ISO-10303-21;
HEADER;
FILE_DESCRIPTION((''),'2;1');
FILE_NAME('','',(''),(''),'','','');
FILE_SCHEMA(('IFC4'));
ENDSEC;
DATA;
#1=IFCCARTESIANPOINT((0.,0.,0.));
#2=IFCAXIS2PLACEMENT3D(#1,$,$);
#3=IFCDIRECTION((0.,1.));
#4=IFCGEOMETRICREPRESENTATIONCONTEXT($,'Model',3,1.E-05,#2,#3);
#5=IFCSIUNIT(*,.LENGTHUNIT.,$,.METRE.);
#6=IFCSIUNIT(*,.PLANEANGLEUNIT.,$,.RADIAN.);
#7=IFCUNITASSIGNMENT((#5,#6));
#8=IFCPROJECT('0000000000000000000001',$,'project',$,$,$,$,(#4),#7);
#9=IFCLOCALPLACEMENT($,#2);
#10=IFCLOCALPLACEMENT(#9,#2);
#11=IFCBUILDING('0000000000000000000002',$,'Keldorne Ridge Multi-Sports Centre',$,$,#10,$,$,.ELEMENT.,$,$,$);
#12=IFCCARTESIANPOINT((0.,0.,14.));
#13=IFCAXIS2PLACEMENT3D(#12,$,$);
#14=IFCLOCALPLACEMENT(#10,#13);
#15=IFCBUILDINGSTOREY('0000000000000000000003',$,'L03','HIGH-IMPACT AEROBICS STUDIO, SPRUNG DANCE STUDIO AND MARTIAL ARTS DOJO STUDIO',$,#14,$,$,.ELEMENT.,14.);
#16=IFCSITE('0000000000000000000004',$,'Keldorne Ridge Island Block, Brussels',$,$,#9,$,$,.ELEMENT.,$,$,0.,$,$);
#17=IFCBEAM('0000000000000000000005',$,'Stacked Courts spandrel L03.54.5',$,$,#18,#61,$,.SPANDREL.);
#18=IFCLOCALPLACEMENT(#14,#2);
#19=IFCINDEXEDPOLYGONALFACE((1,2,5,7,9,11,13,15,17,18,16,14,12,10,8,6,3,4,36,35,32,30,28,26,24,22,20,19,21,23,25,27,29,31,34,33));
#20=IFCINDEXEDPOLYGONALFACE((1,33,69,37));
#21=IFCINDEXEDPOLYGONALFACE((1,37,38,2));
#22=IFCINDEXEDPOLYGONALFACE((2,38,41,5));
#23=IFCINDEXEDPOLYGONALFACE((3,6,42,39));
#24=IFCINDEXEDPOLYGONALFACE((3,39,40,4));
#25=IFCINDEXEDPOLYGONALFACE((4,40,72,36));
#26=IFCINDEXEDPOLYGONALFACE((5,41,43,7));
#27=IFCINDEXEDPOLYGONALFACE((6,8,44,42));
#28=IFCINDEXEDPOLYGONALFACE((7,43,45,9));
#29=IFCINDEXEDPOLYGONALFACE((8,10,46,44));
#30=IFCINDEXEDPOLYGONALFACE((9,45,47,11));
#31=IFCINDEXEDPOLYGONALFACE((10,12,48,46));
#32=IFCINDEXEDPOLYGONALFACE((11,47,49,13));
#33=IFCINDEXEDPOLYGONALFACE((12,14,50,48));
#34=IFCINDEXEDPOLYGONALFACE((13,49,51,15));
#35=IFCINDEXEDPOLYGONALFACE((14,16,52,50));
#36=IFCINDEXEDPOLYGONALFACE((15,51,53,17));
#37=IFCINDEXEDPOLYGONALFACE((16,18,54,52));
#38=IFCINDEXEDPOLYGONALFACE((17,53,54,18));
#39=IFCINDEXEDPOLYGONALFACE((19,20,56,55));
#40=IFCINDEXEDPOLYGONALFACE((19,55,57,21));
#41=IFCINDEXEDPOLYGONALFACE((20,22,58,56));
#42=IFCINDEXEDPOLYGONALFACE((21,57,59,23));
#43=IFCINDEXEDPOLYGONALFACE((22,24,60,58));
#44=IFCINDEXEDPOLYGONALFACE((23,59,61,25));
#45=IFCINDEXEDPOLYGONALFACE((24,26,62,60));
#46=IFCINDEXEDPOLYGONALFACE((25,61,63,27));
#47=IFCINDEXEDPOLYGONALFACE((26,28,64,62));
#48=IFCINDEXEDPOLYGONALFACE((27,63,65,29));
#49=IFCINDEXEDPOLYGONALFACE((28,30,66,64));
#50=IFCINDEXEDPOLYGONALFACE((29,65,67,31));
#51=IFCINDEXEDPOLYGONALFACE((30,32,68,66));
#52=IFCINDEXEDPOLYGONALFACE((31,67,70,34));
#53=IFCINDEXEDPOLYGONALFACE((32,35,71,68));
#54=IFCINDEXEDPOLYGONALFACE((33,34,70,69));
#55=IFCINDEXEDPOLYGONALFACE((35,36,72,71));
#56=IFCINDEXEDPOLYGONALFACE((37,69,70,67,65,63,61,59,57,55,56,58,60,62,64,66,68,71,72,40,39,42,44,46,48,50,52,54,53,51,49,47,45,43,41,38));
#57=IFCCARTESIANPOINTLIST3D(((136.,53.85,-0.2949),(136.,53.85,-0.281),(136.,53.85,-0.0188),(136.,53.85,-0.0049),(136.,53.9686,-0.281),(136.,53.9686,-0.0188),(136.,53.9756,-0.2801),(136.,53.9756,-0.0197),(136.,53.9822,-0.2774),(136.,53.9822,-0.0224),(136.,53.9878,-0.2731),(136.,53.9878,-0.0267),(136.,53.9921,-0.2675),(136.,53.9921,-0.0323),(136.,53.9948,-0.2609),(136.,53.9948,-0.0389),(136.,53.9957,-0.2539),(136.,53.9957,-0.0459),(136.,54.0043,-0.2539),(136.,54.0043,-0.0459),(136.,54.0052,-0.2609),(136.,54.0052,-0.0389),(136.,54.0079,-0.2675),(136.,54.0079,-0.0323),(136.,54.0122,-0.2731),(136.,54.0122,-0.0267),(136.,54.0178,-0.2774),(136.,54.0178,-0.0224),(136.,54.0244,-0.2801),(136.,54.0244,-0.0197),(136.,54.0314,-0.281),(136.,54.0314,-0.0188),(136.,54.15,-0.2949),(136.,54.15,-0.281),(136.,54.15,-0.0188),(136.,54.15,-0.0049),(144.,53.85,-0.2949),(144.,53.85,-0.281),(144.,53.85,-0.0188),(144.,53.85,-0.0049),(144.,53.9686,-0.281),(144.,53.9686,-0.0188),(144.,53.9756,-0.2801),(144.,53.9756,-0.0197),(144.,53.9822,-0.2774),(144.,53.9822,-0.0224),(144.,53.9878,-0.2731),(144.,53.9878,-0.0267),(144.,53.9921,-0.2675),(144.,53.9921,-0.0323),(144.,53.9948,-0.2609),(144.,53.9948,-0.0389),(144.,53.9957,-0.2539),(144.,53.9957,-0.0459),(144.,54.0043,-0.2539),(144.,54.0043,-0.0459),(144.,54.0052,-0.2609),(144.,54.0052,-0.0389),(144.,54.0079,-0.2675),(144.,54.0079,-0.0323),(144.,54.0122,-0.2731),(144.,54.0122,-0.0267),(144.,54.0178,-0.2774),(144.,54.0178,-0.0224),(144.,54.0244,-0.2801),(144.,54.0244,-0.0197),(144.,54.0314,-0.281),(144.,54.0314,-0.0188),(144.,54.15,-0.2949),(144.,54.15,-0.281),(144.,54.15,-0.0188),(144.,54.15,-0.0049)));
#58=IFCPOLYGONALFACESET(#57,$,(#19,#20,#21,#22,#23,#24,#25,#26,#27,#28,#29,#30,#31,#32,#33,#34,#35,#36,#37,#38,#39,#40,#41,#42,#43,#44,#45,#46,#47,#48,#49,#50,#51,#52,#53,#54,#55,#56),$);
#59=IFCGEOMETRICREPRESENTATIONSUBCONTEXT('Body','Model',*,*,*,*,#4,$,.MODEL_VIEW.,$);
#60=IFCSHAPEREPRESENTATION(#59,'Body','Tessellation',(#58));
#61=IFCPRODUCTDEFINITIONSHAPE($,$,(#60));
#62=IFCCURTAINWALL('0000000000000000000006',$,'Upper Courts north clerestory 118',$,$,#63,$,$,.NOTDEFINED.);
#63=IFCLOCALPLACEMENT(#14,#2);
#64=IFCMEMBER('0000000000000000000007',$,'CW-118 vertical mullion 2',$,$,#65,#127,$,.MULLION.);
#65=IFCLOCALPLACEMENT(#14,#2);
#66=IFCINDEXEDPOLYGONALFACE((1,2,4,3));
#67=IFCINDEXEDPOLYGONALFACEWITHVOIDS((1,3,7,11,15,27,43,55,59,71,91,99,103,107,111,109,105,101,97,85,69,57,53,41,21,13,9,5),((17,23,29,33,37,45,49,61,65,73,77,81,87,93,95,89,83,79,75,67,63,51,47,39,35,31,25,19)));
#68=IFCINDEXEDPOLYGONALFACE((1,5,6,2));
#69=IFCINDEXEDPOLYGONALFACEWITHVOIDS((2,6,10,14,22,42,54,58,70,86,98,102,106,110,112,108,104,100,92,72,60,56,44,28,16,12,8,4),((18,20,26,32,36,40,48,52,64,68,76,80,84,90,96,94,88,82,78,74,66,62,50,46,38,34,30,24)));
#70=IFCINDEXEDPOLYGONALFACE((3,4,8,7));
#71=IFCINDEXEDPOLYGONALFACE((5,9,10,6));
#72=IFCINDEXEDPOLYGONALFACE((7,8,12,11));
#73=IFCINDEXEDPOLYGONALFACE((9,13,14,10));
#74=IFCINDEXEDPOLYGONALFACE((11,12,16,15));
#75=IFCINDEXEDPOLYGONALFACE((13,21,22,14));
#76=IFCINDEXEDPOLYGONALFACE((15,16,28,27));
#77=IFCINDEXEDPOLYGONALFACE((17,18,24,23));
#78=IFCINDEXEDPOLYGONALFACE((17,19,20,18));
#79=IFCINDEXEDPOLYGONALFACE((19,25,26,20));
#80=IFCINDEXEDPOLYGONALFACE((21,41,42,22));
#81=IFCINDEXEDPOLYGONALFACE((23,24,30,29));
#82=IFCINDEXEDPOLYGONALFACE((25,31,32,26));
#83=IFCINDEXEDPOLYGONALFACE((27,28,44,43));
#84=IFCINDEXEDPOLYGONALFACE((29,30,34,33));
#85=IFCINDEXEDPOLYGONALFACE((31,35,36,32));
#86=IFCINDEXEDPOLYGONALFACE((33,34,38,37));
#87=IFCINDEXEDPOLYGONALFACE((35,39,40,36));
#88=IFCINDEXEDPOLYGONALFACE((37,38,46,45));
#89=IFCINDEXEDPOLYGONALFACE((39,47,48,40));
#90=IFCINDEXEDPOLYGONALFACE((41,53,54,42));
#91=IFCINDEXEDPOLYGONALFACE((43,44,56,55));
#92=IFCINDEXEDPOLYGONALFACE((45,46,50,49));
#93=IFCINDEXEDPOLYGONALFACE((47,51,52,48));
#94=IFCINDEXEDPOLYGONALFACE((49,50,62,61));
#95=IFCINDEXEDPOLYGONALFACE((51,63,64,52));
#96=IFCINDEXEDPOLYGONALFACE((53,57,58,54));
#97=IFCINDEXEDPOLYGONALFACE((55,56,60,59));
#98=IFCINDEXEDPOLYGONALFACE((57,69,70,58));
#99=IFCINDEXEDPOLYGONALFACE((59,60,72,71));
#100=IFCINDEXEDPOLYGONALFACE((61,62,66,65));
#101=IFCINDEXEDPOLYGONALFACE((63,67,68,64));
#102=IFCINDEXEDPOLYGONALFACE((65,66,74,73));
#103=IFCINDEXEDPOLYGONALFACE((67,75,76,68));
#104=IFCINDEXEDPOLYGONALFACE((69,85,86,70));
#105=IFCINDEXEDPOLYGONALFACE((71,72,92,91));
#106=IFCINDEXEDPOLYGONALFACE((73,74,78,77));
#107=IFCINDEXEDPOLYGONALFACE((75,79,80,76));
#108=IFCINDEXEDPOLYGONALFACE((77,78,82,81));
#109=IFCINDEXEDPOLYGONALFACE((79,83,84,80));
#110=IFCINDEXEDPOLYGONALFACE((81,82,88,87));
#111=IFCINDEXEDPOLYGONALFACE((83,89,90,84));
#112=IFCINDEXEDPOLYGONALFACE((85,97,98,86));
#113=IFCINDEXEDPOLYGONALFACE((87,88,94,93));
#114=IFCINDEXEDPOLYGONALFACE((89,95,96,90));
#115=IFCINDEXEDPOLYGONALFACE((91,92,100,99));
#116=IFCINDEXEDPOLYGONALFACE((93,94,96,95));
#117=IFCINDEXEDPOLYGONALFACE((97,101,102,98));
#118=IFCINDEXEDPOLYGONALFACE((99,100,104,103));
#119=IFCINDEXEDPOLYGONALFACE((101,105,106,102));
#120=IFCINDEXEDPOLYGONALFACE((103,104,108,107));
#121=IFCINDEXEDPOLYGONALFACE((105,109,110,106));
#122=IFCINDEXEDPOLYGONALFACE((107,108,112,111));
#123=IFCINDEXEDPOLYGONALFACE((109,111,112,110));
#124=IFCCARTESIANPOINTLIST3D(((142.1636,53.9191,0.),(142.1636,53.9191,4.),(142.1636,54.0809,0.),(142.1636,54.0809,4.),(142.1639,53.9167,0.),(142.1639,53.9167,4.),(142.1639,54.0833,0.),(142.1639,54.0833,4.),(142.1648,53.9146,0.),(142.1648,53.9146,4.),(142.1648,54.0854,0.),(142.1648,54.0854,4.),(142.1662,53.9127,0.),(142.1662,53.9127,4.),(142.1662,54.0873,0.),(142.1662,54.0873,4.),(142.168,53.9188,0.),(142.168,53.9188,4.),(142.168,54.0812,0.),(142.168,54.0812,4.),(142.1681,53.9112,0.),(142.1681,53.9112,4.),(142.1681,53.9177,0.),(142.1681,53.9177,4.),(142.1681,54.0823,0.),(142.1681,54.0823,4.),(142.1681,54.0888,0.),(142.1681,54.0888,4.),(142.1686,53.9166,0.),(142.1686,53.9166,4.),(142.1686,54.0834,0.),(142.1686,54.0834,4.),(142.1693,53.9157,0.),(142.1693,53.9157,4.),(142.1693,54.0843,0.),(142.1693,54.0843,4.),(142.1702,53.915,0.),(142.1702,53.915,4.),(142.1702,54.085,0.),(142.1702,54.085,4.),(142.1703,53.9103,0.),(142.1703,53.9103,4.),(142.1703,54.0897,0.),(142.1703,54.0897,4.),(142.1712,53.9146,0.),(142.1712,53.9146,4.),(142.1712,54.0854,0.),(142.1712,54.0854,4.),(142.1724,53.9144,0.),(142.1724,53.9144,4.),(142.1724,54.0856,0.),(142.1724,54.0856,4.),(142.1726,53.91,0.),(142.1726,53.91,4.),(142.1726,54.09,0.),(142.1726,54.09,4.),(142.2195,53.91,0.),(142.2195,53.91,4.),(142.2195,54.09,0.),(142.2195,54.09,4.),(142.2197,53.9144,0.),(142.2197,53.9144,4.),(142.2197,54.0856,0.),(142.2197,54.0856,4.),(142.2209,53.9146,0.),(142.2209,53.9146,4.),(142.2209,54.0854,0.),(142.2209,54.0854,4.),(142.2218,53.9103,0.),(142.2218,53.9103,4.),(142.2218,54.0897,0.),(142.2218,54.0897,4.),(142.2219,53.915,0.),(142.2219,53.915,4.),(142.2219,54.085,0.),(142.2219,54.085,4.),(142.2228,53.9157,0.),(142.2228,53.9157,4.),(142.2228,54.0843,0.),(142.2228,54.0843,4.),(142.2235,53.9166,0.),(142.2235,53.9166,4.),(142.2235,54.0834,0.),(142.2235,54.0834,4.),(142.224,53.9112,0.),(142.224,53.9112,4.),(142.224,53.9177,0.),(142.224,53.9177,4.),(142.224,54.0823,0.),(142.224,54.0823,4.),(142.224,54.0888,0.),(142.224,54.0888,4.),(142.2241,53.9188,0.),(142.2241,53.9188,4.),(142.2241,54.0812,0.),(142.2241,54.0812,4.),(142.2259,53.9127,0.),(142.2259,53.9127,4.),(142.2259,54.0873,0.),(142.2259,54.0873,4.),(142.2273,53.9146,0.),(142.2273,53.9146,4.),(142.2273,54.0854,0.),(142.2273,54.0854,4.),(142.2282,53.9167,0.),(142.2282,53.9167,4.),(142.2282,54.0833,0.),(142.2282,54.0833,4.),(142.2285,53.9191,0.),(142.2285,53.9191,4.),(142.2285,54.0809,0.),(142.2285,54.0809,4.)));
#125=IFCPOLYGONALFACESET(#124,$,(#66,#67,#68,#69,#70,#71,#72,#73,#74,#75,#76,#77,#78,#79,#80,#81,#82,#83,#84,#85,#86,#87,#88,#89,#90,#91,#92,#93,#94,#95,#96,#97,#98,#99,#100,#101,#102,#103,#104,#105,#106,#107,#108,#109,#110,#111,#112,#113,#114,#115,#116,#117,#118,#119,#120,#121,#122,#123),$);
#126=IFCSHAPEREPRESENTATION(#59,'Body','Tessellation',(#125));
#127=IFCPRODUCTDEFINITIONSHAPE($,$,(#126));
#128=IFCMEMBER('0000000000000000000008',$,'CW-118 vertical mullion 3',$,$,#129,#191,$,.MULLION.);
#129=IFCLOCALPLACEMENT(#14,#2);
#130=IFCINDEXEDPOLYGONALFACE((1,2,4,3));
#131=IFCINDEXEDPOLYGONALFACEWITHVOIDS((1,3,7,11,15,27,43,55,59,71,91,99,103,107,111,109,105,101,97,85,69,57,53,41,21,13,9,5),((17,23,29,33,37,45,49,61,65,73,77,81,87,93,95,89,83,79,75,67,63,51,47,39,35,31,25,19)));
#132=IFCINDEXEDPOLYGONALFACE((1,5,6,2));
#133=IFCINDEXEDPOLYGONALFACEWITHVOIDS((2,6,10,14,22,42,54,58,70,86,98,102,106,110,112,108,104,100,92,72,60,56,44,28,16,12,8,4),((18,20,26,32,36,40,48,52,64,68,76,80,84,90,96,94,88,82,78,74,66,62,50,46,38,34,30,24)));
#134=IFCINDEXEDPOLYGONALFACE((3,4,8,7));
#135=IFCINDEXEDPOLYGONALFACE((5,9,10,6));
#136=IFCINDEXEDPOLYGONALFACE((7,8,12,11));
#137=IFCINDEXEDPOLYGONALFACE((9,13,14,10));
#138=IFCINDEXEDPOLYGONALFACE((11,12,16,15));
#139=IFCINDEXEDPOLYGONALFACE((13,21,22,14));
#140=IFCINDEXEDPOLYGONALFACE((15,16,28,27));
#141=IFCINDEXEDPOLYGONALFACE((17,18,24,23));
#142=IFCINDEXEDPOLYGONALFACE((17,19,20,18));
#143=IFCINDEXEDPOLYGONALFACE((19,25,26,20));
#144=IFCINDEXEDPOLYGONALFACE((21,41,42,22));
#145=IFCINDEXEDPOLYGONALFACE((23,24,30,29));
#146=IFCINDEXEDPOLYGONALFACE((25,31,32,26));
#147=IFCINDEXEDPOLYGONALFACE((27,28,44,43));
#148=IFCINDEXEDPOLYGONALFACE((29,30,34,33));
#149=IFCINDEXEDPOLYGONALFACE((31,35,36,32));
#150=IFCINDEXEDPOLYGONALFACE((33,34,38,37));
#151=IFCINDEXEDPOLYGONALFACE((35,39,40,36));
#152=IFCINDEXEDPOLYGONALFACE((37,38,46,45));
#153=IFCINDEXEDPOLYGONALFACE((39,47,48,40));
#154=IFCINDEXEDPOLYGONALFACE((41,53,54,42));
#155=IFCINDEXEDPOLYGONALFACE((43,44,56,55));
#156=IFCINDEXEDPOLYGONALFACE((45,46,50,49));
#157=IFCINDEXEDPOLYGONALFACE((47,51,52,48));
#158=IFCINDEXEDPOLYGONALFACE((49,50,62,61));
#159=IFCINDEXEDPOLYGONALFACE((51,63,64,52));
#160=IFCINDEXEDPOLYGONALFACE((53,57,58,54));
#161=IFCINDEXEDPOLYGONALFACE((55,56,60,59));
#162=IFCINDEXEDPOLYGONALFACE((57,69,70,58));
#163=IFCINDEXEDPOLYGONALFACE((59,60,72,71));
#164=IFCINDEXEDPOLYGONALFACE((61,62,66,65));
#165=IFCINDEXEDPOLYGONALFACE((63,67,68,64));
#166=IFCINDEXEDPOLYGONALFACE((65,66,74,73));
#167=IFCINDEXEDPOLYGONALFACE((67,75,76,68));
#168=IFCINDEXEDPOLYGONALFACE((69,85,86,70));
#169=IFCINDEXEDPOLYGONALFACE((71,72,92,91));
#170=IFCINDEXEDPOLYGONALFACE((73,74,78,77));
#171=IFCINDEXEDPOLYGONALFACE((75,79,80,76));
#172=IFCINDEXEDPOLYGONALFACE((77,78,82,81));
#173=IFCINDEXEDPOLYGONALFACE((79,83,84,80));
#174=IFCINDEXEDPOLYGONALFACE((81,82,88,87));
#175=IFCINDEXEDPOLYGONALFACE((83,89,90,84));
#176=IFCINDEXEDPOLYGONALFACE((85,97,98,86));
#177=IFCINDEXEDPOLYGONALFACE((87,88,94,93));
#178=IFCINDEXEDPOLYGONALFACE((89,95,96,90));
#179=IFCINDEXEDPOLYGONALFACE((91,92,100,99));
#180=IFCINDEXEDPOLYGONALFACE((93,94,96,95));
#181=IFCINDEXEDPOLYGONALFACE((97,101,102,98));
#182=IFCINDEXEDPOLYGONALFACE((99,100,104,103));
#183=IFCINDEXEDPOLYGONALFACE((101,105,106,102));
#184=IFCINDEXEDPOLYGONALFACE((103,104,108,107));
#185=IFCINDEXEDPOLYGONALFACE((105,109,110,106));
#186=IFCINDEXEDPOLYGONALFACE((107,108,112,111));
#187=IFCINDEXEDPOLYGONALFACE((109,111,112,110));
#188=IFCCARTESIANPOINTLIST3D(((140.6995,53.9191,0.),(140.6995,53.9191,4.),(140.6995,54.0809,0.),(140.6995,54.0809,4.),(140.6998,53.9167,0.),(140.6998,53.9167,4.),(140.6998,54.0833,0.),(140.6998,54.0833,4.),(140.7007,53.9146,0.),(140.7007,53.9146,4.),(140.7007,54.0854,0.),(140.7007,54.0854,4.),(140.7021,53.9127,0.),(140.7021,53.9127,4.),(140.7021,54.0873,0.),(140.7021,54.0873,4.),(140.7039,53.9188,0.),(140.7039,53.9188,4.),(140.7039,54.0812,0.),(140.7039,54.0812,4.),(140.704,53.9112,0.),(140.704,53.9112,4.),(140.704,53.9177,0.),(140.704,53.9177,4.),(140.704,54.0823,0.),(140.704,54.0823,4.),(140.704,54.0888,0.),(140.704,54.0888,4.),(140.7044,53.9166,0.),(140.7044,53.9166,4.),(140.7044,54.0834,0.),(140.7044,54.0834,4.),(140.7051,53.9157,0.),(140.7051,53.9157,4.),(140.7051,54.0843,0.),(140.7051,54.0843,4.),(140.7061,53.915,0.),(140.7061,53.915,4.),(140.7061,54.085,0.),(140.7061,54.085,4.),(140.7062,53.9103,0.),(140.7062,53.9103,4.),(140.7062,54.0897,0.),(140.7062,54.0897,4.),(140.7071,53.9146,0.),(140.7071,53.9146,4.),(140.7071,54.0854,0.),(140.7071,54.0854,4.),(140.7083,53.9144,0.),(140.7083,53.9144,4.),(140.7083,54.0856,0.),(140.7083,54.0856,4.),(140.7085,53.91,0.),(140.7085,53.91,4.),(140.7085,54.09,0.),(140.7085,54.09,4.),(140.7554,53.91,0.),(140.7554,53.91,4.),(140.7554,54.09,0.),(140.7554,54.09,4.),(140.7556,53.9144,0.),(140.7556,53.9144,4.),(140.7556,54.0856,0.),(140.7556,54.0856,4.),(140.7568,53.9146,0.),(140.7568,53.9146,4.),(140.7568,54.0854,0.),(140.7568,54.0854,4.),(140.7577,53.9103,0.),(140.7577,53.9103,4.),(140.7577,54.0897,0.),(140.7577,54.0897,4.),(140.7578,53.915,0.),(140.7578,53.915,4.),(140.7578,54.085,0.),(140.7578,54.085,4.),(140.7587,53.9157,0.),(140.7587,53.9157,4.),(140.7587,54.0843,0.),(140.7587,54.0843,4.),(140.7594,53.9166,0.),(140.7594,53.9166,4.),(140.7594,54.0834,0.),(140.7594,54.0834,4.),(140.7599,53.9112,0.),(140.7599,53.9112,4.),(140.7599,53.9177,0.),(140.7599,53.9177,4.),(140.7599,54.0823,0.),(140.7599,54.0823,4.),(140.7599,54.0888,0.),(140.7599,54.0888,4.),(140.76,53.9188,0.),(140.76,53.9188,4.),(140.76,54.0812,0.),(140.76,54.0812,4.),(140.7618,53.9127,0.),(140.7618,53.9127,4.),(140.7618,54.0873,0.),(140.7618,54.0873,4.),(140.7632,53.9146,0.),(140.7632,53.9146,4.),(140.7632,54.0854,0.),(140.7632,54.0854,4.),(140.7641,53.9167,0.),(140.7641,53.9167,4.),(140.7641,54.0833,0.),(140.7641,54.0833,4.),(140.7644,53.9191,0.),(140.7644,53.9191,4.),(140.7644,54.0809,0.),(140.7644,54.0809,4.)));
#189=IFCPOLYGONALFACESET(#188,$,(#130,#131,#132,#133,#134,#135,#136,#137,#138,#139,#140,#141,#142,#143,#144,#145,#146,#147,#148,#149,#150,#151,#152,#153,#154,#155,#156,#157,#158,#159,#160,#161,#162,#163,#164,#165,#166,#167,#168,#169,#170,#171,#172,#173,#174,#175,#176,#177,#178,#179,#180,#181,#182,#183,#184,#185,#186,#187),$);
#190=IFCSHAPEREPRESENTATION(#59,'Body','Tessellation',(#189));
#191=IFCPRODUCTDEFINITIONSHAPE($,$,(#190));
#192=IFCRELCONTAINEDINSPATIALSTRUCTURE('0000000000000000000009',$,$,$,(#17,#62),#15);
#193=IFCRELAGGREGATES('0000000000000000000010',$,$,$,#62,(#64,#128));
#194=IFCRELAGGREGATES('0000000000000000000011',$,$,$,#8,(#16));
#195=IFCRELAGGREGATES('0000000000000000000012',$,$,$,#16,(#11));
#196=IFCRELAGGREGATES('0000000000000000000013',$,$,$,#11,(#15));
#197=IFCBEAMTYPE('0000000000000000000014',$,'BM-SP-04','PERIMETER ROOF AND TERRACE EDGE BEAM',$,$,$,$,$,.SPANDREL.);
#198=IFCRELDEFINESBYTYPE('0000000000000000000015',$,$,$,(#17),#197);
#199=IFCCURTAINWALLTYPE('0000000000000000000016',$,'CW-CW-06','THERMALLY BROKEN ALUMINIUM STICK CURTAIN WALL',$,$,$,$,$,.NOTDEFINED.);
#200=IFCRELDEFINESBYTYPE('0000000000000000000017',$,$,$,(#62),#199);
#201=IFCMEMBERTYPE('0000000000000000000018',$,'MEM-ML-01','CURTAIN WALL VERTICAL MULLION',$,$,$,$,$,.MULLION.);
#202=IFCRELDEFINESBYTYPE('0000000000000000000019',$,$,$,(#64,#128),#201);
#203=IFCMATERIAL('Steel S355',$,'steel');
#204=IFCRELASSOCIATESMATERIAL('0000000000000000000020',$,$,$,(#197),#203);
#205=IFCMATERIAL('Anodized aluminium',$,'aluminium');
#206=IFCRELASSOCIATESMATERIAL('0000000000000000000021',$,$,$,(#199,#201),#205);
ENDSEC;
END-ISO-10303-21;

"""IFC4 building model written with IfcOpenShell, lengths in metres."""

from ifc_helpers import new_model, si_unit, direction, frame, origin, origin_2d, place, context, subcontext, project, spatial, hollow_rectangle, i_section, extrude, material, material_profile, profile_set, type_object, element, aggregate, save


model = new_model("IFC4")

# Units and contexts
model_context = context("Model", 3, precision=1e-05, world=origin(), true_north=direction((0.0, 1.0)))
body_context = subcontext(model_context, "Body", "Model", "MODEL_VIEW")
ifc_project = project(units=[si_unit("LENGTHUNIT", "METRE"), si_unit("PLANEANGLEUNIT", "RADIAN")], contexts=[model_context])

# Site, building, storey
site_placement = place(None, origin())
site = spatial("IfcSite", under=ifc_project, at=site_placement, Name="Keldorne Ridge Island Block, Brussels", CompositionType="ELEMENT", RefElevation=0.0)
building_placement = place(site_placement, origin())
building = spatial("IfcBuilding", under=site, at=building_placement, Name="Keldorne Ridge Multi-Sports Centre", CompositionType="ELEMENT")
storey_placement = place(building_placement, frame((0.0, 0.0, 14.0)))
storey = spatial("IfcBuildingStorey", under=building, at=storey_placement, Name="L03", Description="HIGH-IMPACT AEROBICS STUDIO, SPRUNG DANCE STUDIO AND MARTIAL ARTS DOJO STUDIO", CompositionType="ELEMENT", Elevation=14.0)

# Beam
ifc_material_1 = material(Name="Steel S355", Category="steel")
ifc_material_profile_1 = material_profile(ifc_material_1, i_section(OverallWidth=0.3, OverallDepth=0.29, WebThickness=0.0085, FlangeThickness=0.0139, FilletRadius=0.0271, at=origin_2d()), Name="HEA 300")
ifc_profile_set_1 = profile_set([ifc_material_profile_1], Name="Steel S355")
beam_type = type_object("IfcBeamType", Name="BM-SP-04", Description="PERIMETER ROOF AND TERRACE EDGE BEAM", PredefinedType="SPANDREL", material=ifc_profile_set_1)
beam_placement = place(storey_placement, frame((136.0, 54.0, -0.1499), z_axis=(1.0, 0.0, 0.0), x_axis=(0.0, 1.0, 0.0)))
element("IfcBeam", 1, at=beam_placement, inside=storey, type_object=beam_type, Name="Stacked Courts spandrel L03.54.5", PredefinedType="SPANDREL", context=body_context, shape_type="SweptSolid", body=[
    extrude(i_section(OverallWidth=0.3, OverallDepth=0.29, WebThickness=0.0085, FlangeThickness=0.0139, FilletRadius=0.0271, at=origin_2d()), origin(), (0.0, 0.0, 1.0), 8.0),
])

# Curtain wall, members
ifc_material_2 = material(Name="Anodized aluminium", Category="aluminium")
curtain_wall_type = type_object("IfcCurtainWallType", Name="CW-CW-06", Description="THERMALLY BROKEN ALUMINIUM STICK CURTAIN WALL", PredefinedType="NOTDEFINED", material=ifc_material_2)
curtain_wall_placement = place(storey_placement, origin())
curtain_wall = element("IfcCurtainWall", 2, at=curtain_wall_placement, inside=storey, type_object=curtain_wall_type, Name="Upper Courts north clerestory 118", PredefinedType="NOTDEFINED")
ifc_material_profile_2 = material_profile(ifc_material_2, hollow_rectangle(XDim=0.0649, YDim=0.1799, WallThickness=0.0044, InnerFilletRadius=0.0044, OuterFilletRadius=0.009, at=origin_2d()), Name="ALU MULLION 180x65x4.5")
ifc_profile_set_2 = profile_set([ifc_material_profile_2], Name="Anodized aluminium")
member_type_1 = type_object("IfcMemberType", Name="MEM-ML-01", Description="CURTAIN WALL VERTICAL MULLION", PredefinedType="MULLION", material=ifc_profile_set_2)
member_1_placement = place(storey_placement, frame((142.196, 54.0, 0.0), z_axis=(0.0, 0.0, 1.0), x_axis=(1.0, 0.0, 0.0)))
member_1 = element("IfcMember", 3, at=member_1_placement, type_object=member_type_1, Name="CW-118 vertical mullion 2", PredefinedType="MULLION", context=body_context, shape_type="SweptSolid", body=[
    extrude(hollow_rectangle(XDim=0.0649, YDim=0.1799, WallThickness=0.0044, InnerFilletRadius=0.0044, OuterFilletRadius=0.009, at=origin_2d()), origin(), (0.0, 0.0, 1.0), 4.0),
])
member_2_placement = place(storey_placement, frame((140.7319, 54.0, 0.0), z_axis=(0.0, 0.0, 1.0), x_axis=(1.0, 0.0, 0.0)))
member_2 = element("IfcMember", 4, at=member_2_placement, type_object=member_type_1, Name="CW-118 vertical mullion 3", PredefinedType="MULLION", context=body_context, shape_type="SweptSolid", body=[
    extrude(hollow_rectangle(XDim=0.0649, YDim=0.1799, WallThickness=0.0044, InnerFilletRadius=0.0044, OuterFilletRadius=0.009, at=origin_2d()), origin(), (0.0, 0.0, 1.0), 4.0),
])
aggregate(curtain_wall, [member_1, member_2])

save(model, "model.ifc")
